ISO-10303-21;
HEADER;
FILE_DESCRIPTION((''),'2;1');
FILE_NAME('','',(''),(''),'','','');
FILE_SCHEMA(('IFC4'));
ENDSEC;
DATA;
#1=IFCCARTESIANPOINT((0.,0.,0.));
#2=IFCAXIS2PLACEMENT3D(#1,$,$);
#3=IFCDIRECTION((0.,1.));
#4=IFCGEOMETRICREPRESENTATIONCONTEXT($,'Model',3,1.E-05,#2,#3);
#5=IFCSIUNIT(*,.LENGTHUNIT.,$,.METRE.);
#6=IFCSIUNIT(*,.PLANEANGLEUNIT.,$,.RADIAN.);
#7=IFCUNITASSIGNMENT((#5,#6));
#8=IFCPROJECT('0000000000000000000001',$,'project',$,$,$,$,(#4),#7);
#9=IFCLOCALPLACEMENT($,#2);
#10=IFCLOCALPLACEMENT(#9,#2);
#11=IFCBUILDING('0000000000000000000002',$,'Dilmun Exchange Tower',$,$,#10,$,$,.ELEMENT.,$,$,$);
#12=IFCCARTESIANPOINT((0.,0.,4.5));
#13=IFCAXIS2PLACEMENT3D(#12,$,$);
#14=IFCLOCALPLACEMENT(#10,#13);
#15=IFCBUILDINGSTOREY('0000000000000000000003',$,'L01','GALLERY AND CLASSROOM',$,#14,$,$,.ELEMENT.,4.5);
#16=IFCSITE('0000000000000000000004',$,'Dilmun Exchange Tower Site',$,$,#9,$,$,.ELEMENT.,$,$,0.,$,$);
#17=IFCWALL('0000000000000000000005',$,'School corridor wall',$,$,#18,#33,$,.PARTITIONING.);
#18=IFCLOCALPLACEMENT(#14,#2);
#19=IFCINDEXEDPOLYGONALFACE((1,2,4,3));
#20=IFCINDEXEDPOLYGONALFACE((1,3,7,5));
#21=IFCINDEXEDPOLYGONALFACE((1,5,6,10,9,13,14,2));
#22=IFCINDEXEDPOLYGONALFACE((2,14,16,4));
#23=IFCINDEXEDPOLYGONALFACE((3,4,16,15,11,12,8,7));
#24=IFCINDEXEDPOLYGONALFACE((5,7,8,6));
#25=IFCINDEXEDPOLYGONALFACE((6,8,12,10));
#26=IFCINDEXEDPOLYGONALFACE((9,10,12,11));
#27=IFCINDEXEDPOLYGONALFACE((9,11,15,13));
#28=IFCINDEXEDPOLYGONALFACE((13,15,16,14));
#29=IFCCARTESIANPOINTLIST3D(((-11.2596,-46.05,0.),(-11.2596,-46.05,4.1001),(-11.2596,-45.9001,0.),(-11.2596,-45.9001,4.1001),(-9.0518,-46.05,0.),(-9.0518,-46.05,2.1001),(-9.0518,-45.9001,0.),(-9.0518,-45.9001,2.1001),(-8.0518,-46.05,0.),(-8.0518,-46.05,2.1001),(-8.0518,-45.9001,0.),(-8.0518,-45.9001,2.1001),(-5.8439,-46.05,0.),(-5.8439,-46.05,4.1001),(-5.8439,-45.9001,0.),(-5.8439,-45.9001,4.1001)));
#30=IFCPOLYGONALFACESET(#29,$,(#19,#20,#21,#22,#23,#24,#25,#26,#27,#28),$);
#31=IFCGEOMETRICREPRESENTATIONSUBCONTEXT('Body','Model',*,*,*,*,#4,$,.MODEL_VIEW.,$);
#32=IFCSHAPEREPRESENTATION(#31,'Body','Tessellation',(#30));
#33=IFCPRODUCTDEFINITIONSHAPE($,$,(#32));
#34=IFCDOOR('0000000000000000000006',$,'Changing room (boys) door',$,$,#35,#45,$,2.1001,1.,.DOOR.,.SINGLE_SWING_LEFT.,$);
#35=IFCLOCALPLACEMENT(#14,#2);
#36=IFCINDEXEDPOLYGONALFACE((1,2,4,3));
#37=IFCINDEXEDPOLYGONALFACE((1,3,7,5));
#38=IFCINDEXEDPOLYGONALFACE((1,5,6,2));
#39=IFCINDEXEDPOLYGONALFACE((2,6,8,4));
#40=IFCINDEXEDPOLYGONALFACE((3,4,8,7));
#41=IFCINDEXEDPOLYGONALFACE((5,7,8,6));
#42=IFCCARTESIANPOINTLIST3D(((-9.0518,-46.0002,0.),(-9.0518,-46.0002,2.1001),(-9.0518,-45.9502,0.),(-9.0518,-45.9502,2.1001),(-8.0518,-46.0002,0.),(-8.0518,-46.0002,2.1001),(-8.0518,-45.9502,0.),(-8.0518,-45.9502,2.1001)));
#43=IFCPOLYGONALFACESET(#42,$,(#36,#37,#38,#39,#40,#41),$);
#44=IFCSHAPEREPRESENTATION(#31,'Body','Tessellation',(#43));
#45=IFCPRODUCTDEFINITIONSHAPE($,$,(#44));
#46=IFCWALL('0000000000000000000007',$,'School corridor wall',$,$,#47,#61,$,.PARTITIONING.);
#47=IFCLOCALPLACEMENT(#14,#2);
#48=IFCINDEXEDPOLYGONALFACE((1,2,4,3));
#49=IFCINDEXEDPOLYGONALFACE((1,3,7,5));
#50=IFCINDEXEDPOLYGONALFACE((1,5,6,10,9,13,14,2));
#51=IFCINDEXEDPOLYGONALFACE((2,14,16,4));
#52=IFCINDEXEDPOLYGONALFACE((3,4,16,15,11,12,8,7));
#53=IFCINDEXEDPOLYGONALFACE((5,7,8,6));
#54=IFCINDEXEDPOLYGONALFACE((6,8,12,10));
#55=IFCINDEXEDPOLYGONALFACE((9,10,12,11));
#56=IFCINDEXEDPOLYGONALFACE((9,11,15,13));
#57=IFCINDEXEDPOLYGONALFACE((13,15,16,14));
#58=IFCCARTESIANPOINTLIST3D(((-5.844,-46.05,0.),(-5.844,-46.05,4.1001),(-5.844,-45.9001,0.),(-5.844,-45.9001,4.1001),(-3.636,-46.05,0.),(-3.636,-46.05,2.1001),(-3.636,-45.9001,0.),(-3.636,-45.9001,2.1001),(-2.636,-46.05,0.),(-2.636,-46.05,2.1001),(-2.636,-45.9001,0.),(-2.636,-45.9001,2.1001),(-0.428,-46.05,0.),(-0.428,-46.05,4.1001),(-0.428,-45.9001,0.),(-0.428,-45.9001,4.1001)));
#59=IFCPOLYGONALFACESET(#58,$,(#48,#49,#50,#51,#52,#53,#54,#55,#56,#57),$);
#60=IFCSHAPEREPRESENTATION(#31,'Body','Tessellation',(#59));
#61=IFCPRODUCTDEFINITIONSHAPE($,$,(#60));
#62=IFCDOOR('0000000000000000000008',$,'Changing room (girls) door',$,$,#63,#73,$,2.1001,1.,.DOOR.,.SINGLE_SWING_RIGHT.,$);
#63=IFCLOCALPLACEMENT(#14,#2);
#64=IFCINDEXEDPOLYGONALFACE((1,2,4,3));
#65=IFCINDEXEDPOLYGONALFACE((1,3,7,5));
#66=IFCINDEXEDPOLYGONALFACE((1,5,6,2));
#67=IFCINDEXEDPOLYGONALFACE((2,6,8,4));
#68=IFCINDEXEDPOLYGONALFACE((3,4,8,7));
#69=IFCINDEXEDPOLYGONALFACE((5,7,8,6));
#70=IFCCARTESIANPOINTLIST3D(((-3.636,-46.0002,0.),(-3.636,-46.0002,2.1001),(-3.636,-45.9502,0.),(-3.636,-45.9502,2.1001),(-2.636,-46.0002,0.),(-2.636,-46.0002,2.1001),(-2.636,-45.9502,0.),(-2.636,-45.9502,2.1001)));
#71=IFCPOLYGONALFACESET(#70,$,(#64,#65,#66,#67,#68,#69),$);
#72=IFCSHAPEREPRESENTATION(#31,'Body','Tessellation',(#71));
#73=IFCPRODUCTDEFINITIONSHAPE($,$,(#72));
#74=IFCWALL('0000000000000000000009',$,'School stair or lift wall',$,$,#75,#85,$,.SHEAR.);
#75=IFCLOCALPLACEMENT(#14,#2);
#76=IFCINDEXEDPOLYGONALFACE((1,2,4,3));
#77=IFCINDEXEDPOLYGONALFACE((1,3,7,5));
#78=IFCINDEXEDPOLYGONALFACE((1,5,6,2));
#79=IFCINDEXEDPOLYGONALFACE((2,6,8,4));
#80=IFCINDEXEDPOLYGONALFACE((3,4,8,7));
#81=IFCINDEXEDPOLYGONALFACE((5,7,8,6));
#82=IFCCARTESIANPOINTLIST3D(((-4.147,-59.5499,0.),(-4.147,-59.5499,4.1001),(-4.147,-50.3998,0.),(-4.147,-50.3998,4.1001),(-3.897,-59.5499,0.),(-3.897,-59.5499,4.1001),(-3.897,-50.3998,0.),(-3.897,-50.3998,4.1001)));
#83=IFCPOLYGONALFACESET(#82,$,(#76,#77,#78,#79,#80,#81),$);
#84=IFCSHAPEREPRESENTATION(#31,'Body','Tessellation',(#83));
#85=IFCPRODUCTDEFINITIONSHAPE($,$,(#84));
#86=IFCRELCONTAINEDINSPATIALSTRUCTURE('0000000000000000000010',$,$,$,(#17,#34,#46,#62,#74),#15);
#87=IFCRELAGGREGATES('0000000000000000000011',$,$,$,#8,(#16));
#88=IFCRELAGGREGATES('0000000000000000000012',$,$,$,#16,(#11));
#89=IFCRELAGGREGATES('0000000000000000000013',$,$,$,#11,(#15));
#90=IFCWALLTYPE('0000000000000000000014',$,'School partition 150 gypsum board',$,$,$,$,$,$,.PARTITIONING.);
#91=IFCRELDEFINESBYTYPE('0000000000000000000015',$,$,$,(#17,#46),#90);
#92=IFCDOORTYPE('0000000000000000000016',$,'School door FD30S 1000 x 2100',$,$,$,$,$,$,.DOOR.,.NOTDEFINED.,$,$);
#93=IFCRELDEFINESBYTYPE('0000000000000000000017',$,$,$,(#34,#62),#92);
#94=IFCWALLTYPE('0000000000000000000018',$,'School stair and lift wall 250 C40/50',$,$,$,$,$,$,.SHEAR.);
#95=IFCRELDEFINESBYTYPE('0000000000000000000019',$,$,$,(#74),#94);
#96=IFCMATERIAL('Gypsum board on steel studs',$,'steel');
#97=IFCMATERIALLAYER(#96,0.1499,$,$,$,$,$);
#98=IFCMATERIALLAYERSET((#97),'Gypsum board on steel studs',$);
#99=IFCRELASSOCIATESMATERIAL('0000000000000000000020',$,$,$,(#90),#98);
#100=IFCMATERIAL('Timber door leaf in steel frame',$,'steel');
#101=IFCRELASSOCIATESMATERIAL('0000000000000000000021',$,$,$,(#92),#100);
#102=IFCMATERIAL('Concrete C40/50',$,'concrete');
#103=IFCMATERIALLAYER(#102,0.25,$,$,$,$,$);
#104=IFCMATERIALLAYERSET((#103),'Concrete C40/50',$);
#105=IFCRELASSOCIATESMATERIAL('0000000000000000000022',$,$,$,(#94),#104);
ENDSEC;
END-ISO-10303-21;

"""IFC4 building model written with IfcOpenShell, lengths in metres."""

from ifc_helpers import new_model, si_unit, direction, frame, frame_2d, origin, place, context, subcontext, project, spatial, rectangle, extrude, material, layer, layer_set, type_object, element, fill, save


model = new_model("IFC4")

# Units and contexts
model_context = context("Model", 3, precision=1e-05, world=origin(), true_north=direction((0.0, 1.0)))
body_context = subcontext(model_context, "Body", "Model", "MODEL_VIEW")
ifc_project = project(units=[si_unit("LENGTHUNIT", "METRE"), si_unit("PLANEANGLEUNIT", "RADIAN")], contexts=[model_context])

# Site, building, storey
site_placement = place(None, origin())
site = spatial("IfcSite", under=ifc_project, at=site_placement, Name="Dilmun Exchange Tower Site", CompositionType="ELEMENT", RefElevation=0.0)
building_placement = place(site_placement, origin())
building = spatial("IfcBuilding", under=site, at=building_placement, Name="Dilmun Exchange Tower", CompositionType="ELEMENT")
storey_placement = place(building_placement, frame((0.0, 0.0, 4.5)))
storey = spatial("IfcBuildingStorey", under=building, at=storey_placement, Name="L01", Description="GALLERY AND CLASSROOM", CompositionType="ELEMENT", Elevation=4.5)

# Shared definitions
ifc_material_1 = material(Name="Concrete C40/50", Category="concrete")

# Shared definitions
ifc_material_2 = material(Name="Gypsum board on steel studs", Category="steel")
ifc_layer_1 = layer(ifc_material_2, 0.1499)
ifc_layer_set_1 = layer_set([ifc_layer_1], Name="Gypsum board on steel studs")
wall_type_1 = type_object("IfcWallType", Name="School partition 150 gypsum board", PredefinedType="PARTITIONING", material=ifc_layer_set_1)

# Shared definitions
ifc_material_3 = material(Name="Timber door leaf in steel frame", Category="steel")
door_type_1 = type_object("IfcDoorType", Name="School door FD30S 1000 x 2100", OperationType="NOTDEFINED", PredefinedType="DOOR", material=ifc_material_3)

# Walls, openings, doors
wall_1_placement = place(storey_placement, frame((-11.2598, -45.9751, 0.0), z_axis=(0.0, 0.0, 1.0), x_axis=(1.0, 0.0, 0.0)))
wall_1 = element("IfcWall", 1, at=wall_1_placement, inside=storey, type_object=wall_type_1, Name="School corridor wall", PredefinedType="PARTITIONING", context=body_context, shape_type="SweptSolid", body=[
    extrude(rectangle(XDim=5.4158, YDim=0.1499, at=frame_2d((2.708, 0.0))), origin(), (0.0, 0.0, 1.0), 4.1001),
])
opening_1_placement = place(wall_1_placement, frame((2.208, 0.0, 0.0)))
opening_1 = element("IfcOpeningElement", 2, at=opening_1_placement, cuts=wall_1, PredefinedType="OPENING", context=body_context, shape_type="SweptSolid", body=[
    extrude(rectangle(XDim=1.0, YDim=2.1001, at=frame_2d((0.5, 1.05))), frame((0.0, 0.085, 0.0), z_axis=(0.0, -1.0, 0.0), x_axis=(1.0, 0.0, 0.0)), (0.0, 0.0, 1.0), 0.1699),
])
door_1_placement = place(opening_1_placement, origin())
door_1 = element("IfcDoor", 3, at=door_1_placement, inside=storey, type_object=door_type_1, Name="Changing room (boys) door", OperationType="SINGLE_SWING_LEFT", OverallHeight=2.1001, OverallWidth=1.0, PredefinedType="DOOR", context=body_context, shape_type="SweptSolid", body=[
    extrude(rectangle(XDim=1.0, YDim=2.1001, at=frame_2d((0.5, 1.05))), frame((0.0, 0.0249, 0.0), z_axis=(0.0, -1.0, 0.0), x_axis=(1.0, 0.0, 0.0)), (0.0, 0.0, 1.0), 0.05),
])
fill(opening_1, door_1)
wall_2_placement = place(storey_placement, frame((-5.844, -45.9751, 0.0), z_axis=(0.0, 0.0, 1.0), x_axis=(1.0, 0.0, 0.0)))
wall_2 = element("IfcWall", 4, at=wall_2_placement, inside=storey, type_object=wall_type_1, Name="School corridor wall", PredefinedType="PARTITIONING", context=body_context, shape_type="SweptSolid", body=[
    extrude(rectangle(XDim=5.416, YDim=0.1499, at=frame_2d((2.708, 0.0))), origin(), (0.0, 0.0, 1.0), 4.1001),
])
opening_2_placement = place(wall_2_placement, frame((2.208, 0.0, 0.0)))
opening_2 = element("IfcOpeningElement", 5, at=opening_2_placement, cuts=wall_2, PredefinedType="OPENING", context=body_context, shape_type="SweptSolid", body=[
    extrude(rectangle(XDim=1.0, YDim=2.1001, at=frame_2d((0.5, 1.05))), frame((0.0, 0.085, 0.0), z_axis=(0.0, -1.0, 0.0), x_axis=(1.0, 0.0, 0.0)), (0.0, 0.0, 1.0), 0.1699),
])
door_2_placement = place(opening_2_placement, origin())
door_2 = element("IfcDoor", 6, at=door_2_placement, inside=storey, type_object=door_type_1, Name="Changing room (girls) door", OperationType="SINGLE_SWING_RIGHT", OverallHeight=2.1001, OverallWidth=1.0, PredefinedType="DOOR", context=body_context, shape_type="SweptSolid", body=[
    extrude(rectangle(XDim=1.0, YDim=2.1001, at=frame_2d((0.5, 1.05))), frame((0.0, 0.0249, 0.0), z_axis=(0.0, -1.0, 0.0), x_axis=(1.0, 0.0, 0.0)), (0.0, 0.0, 1.0), 0.05),
])
fill(opening_2, door_2)

# Wall
ifc_layer_2 = layer(ifc_material_1, 0.25)
ifc_layer_set_2 = layer_set([ifc_layer_2], Name="Concrete C40/50")
wall_type_2 = type_object("IfcWallType", Name="School stair and lift wall 250 C40/50", PredefinedType="SHEAR", material=ifc_layer_set_2)
wall_3_placement = place(storey_placement, frame((-4.022, -59.55, 0.0), z_axis=(0.0, 0.0, 1.0), x_axis=(0.0, 1.0, 0.0)))
element("IfcWall", 7, at=wall_3_placement, inside=storey, type_object=wall_type_2, Name="School stair or lift wall", PredefinedType="SHEAR", context=body_context, shape_type="SweptSolid", body=[
    extrude(rectangle(XDim=9.1501, YDim=0.25, at=frame_2d((4.5752, 0.0))), origin(), (0.0, 0.0, 1.0), 4.1001),
])

save(model, "model.ifc")
